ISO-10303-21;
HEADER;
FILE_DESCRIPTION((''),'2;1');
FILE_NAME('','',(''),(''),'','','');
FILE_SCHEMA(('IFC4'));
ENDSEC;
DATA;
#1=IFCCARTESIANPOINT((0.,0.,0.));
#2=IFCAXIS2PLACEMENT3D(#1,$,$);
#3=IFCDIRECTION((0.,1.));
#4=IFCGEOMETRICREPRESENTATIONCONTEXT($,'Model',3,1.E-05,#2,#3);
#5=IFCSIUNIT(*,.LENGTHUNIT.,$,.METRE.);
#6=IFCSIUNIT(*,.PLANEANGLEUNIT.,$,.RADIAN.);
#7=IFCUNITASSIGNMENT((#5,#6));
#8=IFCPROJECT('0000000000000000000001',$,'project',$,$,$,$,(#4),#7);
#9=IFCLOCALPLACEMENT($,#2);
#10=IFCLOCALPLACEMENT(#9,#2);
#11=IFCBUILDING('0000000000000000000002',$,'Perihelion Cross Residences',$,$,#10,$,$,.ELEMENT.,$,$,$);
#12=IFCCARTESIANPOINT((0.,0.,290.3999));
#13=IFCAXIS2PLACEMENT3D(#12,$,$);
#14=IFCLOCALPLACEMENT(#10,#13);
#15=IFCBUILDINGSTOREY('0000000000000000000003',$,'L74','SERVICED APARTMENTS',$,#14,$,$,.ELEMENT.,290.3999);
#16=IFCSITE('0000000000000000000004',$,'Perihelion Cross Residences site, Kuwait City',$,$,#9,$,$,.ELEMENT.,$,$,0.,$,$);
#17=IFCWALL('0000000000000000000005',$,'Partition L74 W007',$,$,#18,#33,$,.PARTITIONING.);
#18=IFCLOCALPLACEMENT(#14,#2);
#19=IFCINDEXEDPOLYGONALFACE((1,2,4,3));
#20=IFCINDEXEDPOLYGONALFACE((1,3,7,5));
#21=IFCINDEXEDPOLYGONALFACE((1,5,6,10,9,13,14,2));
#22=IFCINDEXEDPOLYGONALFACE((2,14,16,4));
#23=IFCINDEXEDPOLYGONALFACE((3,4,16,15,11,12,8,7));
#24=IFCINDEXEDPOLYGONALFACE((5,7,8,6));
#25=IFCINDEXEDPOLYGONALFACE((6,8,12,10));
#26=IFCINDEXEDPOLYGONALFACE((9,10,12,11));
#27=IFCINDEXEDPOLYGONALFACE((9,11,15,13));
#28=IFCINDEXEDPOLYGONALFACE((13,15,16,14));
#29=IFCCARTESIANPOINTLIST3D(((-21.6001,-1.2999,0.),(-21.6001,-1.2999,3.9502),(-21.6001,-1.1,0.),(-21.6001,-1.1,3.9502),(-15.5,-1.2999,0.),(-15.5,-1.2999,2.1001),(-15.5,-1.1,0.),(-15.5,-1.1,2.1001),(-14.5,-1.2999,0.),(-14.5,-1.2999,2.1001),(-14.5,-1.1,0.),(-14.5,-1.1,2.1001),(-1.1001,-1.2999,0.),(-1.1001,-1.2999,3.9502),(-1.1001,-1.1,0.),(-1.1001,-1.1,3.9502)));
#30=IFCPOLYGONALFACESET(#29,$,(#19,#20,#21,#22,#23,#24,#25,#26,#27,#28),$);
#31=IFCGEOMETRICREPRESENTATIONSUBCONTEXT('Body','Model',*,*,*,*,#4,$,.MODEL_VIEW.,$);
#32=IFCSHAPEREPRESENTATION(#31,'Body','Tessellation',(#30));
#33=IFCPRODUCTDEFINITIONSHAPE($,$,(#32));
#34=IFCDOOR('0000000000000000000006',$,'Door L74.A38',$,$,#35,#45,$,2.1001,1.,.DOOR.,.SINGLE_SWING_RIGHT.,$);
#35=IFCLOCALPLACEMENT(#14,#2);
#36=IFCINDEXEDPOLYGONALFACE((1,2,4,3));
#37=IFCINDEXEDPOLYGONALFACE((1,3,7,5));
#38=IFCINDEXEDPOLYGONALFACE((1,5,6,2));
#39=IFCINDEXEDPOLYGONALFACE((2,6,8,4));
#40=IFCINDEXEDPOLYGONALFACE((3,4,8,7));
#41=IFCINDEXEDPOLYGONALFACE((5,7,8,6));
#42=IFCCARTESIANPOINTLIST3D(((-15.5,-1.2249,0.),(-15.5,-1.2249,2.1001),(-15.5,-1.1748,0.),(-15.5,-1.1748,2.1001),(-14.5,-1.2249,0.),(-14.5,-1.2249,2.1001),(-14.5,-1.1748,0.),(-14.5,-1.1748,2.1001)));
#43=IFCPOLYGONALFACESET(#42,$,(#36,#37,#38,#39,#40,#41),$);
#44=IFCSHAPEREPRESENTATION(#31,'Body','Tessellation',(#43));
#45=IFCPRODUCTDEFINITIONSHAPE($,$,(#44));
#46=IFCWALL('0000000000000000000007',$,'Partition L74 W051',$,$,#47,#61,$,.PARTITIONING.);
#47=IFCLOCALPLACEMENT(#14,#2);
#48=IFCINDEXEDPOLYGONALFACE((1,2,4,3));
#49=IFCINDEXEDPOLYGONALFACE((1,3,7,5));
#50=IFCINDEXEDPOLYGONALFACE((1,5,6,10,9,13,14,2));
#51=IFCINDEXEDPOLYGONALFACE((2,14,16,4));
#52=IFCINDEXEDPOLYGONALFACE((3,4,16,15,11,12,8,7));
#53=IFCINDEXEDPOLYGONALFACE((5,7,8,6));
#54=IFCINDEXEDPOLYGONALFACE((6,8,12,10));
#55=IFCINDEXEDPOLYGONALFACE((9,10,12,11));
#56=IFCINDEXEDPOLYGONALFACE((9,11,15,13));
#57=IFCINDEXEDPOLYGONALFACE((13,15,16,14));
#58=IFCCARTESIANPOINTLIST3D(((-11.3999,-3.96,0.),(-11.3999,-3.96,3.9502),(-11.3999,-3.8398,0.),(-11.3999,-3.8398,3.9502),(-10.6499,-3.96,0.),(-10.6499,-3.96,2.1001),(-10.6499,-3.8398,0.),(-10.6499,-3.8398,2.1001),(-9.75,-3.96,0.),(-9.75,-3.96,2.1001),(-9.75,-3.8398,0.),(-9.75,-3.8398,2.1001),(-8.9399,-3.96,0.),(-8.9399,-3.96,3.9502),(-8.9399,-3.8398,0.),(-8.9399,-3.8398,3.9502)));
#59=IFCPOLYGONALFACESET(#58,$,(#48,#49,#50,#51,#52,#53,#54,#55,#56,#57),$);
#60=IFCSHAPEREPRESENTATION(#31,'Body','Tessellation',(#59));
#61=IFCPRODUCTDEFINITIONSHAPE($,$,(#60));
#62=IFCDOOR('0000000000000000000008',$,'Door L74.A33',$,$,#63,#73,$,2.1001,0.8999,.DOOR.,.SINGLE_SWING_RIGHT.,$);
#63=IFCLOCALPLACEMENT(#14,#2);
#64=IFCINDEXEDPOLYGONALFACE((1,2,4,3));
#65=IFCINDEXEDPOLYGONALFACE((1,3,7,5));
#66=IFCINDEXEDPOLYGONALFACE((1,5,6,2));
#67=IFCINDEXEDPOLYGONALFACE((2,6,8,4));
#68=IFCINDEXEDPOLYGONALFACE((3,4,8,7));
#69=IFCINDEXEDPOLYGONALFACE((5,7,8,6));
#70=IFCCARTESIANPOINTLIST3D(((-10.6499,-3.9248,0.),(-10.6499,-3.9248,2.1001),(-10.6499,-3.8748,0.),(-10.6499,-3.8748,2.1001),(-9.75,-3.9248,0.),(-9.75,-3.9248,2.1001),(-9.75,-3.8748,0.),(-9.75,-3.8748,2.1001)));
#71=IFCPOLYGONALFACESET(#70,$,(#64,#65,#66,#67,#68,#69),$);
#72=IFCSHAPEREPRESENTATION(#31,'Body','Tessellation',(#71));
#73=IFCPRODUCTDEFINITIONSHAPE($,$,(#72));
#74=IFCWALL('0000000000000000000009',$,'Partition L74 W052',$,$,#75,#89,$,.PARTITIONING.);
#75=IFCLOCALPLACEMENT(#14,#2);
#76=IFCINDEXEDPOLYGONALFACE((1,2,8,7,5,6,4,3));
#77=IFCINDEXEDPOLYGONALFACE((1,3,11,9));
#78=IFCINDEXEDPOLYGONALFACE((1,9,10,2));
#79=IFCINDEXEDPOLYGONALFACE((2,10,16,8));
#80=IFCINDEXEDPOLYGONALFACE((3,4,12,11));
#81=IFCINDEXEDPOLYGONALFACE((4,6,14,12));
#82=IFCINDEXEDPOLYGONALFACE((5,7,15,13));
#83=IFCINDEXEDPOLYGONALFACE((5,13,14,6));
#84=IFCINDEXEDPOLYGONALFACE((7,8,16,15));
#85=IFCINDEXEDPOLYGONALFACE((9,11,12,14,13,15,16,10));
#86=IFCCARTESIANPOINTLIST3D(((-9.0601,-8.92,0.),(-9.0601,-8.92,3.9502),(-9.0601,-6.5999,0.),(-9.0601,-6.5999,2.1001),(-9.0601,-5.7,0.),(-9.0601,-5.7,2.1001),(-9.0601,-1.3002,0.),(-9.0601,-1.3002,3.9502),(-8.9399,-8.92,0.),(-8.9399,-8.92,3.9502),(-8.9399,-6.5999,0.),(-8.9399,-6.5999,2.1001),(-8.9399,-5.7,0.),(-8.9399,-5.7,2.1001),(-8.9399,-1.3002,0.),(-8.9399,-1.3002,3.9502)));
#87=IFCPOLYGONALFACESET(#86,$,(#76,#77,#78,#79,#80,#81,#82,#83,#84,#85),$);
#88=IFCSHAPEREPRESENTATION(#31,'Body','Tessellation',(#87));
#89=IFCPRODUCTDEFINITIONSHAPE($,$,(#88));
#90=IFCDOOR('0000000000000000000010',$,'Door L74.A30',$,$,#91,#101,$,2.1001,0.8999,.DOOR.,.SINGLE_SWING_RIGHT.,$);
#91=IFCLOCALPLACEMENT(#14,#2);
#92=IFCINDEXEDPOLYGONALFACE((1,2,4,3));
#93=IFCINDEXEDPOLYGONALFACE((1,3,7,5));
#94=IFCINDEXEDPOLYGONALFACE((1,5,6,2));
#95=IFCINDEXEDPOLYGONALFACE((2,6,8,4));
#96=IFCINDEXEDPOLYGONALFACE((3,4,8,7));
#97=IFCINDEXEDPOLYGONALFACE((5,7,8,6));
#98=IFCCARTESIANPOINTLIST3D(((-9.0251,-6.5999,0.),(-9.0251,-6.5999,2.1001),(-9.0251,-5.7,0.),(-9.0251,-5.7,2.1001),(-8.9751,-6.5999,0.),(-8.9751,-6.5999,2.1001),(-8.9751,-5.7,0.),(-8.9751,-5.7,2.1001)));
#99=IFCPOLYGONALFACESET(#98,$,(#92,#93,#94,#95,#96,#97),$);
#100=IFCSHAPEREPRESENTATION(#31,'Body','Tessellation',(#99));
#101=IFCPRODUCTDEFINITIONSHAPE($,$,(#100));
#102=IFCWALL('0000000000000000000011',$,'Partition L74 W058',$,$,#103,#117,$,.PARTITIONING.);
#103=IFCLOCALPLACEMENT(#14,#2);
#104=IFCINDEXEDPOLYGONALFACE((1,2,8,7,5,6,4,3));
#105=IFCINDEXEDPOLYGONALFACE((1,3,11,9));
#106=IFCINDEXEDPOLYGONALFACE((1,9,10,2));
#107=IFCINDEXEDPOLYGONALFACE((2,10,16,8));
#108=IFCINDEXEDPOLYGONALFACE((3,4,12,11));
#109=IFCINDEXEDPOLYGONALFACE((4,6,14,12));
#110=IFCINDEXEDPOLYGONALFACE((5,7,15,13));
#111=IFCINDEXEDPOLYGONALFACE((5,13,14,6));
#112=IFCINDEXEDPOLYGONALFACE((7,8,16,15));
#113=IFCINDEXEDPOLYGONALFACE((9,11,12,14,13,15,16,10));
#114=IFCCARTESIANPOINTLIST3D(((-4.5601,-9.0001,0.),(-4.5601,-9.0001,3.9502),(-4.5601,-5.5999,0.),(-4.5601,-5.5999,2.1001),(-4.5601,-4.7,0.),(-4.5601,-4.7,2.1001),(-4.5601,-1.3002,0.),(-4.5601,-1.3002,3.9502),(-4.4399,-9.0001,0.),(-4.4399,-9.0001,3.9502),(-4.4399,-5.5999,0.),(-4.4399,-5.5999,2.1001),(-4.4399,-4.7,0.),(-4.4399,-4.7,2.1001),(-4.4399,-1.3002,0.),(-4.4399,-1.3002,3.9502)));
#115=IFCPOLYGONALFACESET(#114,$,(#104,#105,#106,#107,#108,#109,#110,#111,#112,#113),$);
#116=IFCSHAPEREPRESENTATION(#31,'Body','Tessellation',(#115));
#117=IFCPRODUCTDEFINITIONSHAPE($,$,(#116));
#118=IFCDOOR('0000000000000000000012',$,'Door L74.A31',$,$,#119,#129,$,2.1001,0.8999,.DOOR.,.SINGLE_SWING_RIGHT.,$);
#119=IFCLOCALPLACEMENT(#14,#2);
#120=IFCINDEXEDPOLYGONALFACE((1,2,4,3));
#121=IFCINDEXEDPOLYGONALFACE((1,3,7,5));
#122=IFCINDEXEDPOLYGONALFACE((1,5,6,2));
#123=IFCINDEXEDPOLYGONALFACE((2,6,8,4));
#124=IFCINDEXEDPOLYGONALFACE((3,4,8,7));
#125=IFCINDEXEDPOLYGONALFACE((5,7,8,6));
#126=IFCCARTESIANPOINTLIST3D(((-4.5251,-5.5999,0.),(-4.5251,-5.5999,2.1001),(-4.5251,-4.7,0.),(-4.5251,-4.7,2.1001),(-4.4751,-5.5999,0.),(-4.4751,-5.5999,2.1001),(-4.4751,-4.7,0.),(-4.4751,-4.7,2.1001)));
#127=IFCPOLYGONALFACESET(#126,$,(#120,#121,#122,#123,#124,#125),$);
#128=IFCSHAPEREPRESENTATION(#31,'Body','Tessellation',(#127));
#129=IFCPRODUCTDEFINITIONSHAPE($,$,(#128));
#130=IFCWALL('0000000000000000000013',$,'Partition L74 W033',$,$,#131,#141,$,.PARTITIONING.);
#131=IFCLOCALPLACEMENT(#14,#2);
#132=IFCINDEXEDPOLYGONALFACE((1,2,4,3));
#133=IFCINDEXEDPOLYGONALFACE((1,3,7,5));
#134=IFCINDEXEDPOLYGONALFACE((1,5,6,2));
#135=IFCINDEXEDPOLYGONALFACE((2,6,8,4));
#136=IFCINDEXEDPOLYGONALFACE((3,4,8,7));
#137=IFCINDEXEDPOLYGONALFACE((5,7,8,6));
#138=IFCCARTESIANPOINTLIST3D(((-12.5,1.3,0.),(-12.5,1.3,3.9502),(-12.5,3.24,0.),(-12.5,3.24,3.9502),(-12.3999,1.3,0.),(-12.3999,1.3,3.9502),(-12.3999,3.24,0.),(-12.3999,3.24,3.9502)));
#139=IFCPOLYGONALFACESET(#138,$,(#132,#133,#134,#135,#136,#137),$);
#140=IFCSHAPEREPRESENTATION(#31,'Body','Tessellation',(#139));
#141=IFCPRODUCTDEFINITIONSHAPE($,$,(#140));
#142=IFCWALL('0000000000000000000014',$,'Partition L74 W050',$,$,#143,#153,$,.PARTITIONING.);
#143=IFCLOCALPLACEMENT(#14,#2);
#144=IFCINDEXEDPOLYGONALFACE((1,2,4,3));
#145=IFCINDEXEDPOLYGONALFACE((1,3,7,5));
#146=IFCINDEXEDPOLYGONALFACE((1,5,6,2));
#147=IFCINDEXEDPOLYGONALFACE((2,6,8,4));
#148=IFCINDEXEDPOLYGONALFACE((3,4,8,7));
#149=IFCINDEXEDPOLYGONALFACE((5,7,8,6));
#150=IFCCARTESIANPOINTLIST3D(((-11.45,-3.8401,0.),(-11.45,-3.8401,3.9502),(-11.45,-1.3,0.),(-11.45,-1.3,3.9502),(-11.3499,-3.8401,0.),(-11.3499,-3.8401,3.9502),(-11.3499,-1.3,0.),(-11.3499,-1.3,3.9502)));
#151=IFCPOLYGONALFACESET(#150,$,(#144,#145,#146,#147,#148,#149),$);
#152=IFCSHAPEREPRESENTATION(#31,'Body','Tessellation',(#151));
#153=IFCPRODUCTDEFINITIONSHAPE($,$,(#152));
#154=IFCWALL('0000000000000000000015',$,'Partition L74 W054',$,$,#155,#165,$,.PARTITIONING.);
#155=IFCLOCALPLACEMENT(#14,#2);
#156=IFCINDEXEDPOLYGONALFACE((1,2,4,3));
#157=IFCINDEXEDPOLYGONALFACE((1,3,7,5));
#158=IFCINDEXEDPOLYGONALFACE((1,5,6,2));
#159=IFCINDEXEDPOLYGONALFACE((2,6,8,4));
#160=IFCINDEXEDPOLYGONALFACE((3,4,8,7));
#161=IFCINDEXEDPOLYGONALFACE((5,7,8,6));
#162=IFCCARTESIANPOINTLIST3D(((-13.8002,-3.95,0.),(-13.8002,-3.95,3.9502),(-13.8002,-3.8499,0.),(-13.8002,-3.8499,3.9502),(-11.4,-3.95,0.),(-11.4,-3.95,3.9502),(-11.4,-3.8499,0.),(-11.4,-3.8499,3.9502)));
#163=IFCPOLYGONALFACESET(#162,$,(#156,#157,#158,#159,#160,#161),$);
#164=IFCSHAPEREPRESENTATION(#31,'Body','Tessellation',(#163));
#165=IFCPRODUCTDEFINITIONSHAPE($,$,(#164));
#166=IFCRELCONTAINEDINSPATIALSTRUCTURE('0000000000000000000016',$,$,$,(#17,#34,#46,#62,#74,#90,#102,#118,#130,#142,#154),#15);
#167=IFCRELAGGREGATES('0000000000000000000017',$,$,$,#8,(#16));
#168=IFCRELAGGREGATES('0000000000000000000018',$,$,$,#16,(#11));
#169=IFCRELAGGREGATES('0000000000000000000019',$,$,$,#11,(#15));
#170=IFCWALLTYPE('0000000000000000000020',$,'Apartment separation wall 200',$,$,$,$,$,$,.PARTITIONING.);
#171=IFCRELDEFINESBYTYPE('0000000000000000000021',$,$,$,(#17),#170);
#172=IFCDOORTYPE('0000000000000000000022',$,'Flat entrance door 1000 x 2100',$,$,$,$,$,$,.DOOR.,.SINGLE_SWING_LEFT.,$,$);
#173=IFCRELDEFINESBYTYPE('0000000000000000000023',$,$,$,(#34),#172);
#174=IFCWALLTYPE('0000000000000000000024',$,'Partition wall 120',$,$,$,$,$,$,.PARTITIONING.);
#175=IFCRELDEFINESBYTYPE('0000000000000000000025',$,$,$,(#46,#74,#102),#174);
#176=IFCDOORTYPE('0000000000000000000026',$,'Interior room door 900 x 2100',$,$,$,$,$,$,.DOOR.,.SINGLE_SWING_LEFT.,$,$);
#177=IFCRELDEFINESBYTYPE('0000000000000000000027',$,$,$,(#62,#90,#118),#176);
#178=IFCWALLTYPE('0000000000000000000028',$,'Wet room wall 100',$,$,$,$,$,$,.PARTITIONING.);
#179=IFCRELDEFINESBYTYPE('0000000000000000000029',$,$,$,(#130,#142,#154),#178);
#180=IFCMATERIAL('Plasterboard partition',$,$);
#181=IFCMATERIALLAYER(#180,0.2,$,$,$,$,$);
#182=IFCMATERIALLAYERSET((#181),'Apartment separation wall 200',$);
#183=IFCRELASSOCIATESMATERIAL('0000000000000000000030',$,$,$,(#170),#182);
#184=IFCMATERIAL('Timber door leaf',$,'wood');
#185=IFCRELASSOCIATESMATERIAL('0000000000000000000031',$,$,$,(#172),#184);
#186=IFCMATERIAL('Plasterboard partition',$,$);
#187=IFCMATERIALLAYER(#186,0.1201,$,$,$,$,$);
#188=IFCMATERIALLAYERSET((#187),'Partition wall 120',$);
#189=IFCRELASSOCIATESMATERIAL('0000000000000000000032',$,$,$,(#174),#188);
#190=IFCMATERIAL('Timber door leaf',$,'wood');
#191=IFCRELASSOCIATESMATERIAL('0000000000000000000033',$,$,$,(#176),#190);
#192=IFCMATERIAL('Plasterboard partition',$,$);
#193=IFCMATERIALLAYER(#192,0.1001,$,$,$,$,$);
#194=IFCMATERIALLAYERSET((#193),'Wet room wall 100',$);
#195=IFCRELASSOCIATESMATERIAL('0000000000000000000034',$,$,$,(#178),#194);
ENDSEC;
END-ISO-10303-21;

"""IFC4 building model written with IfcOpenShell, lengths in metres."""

from ifc_helpers import new_model, si_unit, direction, frame, frame_2d, origin, place, context, subcontext, project, spatial, rectangle, extrude, material, layer, layer_set, type_object, element, fill, save


model = new_model("IFC4")

# Units and contexts
model_context = context("Model", 3, precision=1e-05, world=origin(), true_north=direction((0.0, 1.0)))
body_context = subcontext(model_context, "Body", "Model", "MODEL_VIEW")
ifc_project = project(units=[si_unit("LENGTHUNIT", "METRE"), si_unit("PLANEANGLEUNIT", "RADIAN")], contexts=[model_context])

# Site, building, storey
site_placement = place(None, origin())
site = spatial("IfcSite", under=ifc_project, at=site_placement, Name="Perihelion Cross Residences site, Kuwait City", CompositionType="ELEMENT", RefElevation=0.0)
building_placement = place(site_placement, origin())
building = spatial("IfcBuilding", under=site, at=building_placement, Name="Perihelion Cross Residences", CompositionType="ELEMENT")
storey_placement = place(building_placement, frame((0.0, 0.0, 290.3999)))
storey = spatial("IfcBuildingStorey", under=building, at=storey_placement, Name="L74", Description="SERVICED APARTMENTS", CompositionType="ELEMENT", Elevation=290.3999)

# Walls, openings, doors
ifc_material_1 = material(Name="Plasterboard partition")
ifc_layer_1 = layer(ifc_material_1, 0.2)
ifc_layer_set_1 = layer_set([ifc_layer_1], Name="Apartment separation wall 200")
wall_type_1 = type_object("IfcWallType", Name="Apartment separation wall 200", PredefinedType="PARTITIONING", material=ifc_layer_set_1)
wall_1_placement = place(storey_placement, frame((-1.1001, -1.2, 0.0), z_axis=(0.0, 0.0, 1.0), x_axis=(-1.0, 0.0, 0.0)))
wall_1 = element("IfcWall", 1, at=wall_1_placement, inside=storey, type_object=wall_type_1, Name="Partition L74 W007", PredefinedType="PARTITIONING", context=body_context, shape_type="SweptSolid", body=[
    extrude(rectangle(XDim=20.5, YDim=0.2, at=frame_2d((10.25, 0.0))), origin(), (0.0, 0.0, 1.0), 3.9502),
])
opening_1_placement = place(wall_1_placement, frame((13.3999, 0.0, 0.0)))
opening_1 = element("IfcOpeningElement", 2, at=opening_1_placement, cuts=wall_1, PredefinedType="OPENING", context=body_context, shape_type="SweptSolid", body=[
    extrude(rectangle(XDim=1.0, YDim=2.1001, at=frame_2d((0.5, 1.05))), frame((0.0, 0.1099, 0.0), z_axis=(0.0, -1.0, 0.0), x_axis=(1.0, 0.0, 0.0)), (0.0, 0.0, 1.0), 0.22),
])
ifc_material_2 = material(Name="Timber door leaf", Category="wood")
door_type_1 = type_object("IfcDoorType", Name="Flat entrance door 1000 x 2100", OperationType="SINGLE_SWING_LEFT", PredefinedType="DOOR", material=ifc_material_2)
door_1_placement = place(opening_1_placement, origin())
door_1 = element("IfcDoor", 3, at=door_1_placement, inside=storey, type_object=door_type_1, Name="Door L74.A38", OperationType="SINGLE_SWING_RIGHT", OverallHeight=2.1001, OverallWidth=1.0, PredefinedType="DOOR", context=body_context, shape_type="SweptSolid", body=[
    extrude(rectangle(XDim=1.0, YDim=2.1001, at=frame_2d((0.5, 1.05))), frame((0.0, 0.0249, 0.0), z_axis=(0.0, -1.0, 0.0), x_axis=(1.0, 0.0, 0.0)), (0.0, 0.0, 1.0), 0.05),
])
fill(opening_1, door_1)
ifc_material_3 = material(Name="Plasterboard partition")
ifc_layer_2 = layer(ifc_material_3, 0.1201)
ifc_layer_set_2 = layer_set([ifc_layer_2], Name="Partition wall 120")
wall_type_2 = type_object("IfcWallType", Name="Partition wall 120", PredefinedType="PARTITIONING", material=ifc_layer_set_2)
wall_2_placement = place(storey_placement, frame((-8.9399, -3.8999, 0.0), z_axis=(0.0, 0.0, 1.0), x_axis=(-1.0, 0.0, 0.0)))
wall_2 = element("IfcWall", 4, at=wall_2_placement, inside=storey, type_object=wall_type_2, Name="Partition L74 W051", PredefinedType="PARTITIONING", context=body_context, shape_type="SweptSolid", body=[
    extrude(rectangle(XDim=2.46, YDim=0.1201, at=frame_2d((1.23, 0.0))), origin(), (0.0, 0.0, 1.0), 3.9502),
])
opening_2_placement = place(wall_2_placement, frame((0.8101, 0.0, 0.0)))
opening_2 = element("IfcOpeningElement", 5, at=opening_2_placement, cuts=wall_2, PredefinedType="OPENING", context=body_context, shape_type="SweptSolid", body=[
    extrude(rectangle(XDim=0.8999, YDim=2.1001, at=frame_2d((0.45, 1.05))), frame((0.0, 0.0701, 0.0), z_axis=(0.0, -1.0, 0.0), x_axis=(1.0, 0.0, 0.0)), (0.0, 0.0, 1.0), 0.1401),
])
ifc_material_4 = material(Name="Timber door leaf", Category="wood")
door_type_2 = type_object("IfcDoorType", Name="Interior room door 900 x 2100", OperationType="SINGLE_SWING_LEFT", PredefinedType="DOOR", material=ifc_material_4)
door_2_placement = place(opening_2_placement, origin())
door_2 = element("IfcDoor", 6, at=door_2_placement, inside=storey, type_object=door_type_2, Name="Door L74.A33", OperationType="SINGLE_SWING_RIGHT", OverallHeight=2.1001, OverallWidth=0.8999, PredefinedType="DOOR", context=body_context, shape_type="SweptSolid", body=[
    extrude(rectangle(XDim=0.8999, YDim=2.1001, at=frame_2d((0.45, 1.05))), frame((0.0, 0.0249, 0.0), z_axis=(0.0, -1.0, 0.0), x_axis=(1.0, 0.0, 0.0)), (0.0, 0.0, 1.0), 0.05),
])
fill(opening_2, door_2)
wall_3_placement = place(storey_placement, frame((-9.0, -1.3, 0.0), z_axis=(0.0, 0.0, 1.0), x_axis=(0.0, -1.0, 0.0)))
wall_3 = element("IfcWall", 7, at=wall_3_placement, inside=storey, type_object=wall_type_2, Name="Partition L74 W052", PredefinedType="PARTITIONING", context=body_context, shape_type="SweptSolid", body=[
    extrude(rectangle(XDim=7.6199, YDim=0.1201, at=frame_2d((3.8101, 0.0))), origin(), (0.0, 0.0, 1.0), 3.9502),
])
opening_3_placement = place(wall_3_placement, frame((4.3999, 0.0, 0.0)))
opening_3 = element("IfcOpeningElement", 8, at=opening_3_placement, cuts=wall_3, PredefinedType="OPENING", context=body_context, shape_type="SweptSolid", body=[
    extrude(rectangle(XDim=0.8999, YDim=2.1001, at=frame_2d((0.45, 1.05))), frame((0.0, 0.0701, 0.0), z_axis=(0.0, -1.0, 0.0), x_axis=(1.0, 0.0, 0.0)), (0.0, 0.0, 1.0), 0.1401),
])
door_3_placement = place(opening_3_placement, origin())
door_3 = element("IfcDoor", 9, at=door_3_placement, inside=storey, type_object=door_type_2, Name="Door L74.A30", OperationType="SINGLE_SWING_RIGHT", OverallHeight=2.1001, OverallWidth=0.8999, PredefinedType="DOOR", context=body_context, shape_type="SweptSolid", body=[
    extrude(rectangle(XDim=0.8999, YDim=2.1001, at=frame_2d((0.45, 1.05))), frame((0.0, 0.0249, 0.0), z_axis=(0.0, -1.0, 0.0), x_axis=(1.0, 0.0, 0.0)), (0.0, 0.0, 1.0), 0.05),
])
fill(opening_3, door_3)
wall_4_placement = place(storey_placement, frame((-4.5, -1.3, 0.0), z_axis=(0.0, 0.0, 1.0), x_axis=(0.0, -1.0, 0.0)))
wall_4 = element("IfcWall", 10, at=wall_4_placement, inside=storey, type_object=wall_type_2, Name="Partition L74 W058", PredefinedType="PARTITIONING", context=body_context, shape_type="SweptSolid", body=[
    extrude(rectangle(XDim=7.7, YDim=0.1201, at=frame_2d((3.8501, 0.0))), origin(), (0.0, 0.0, 1.0), 3.9502),
])
opening_4_placement = place(wall_4_placement, frame((3.3999, 0.0, 0.0)))
opening_4 = element("IfcOpeningElement", 11, at=opening_4_placement, cuts=wall_4, PredefinedType="OPENING", context=body_context, shape_type="SweptSolid", body=[
    extrude(rectangle(XDim=0.8999, YDim=2.1001, at=frame_2d((0.45, 1.05))), frame((0.0, 0.0701, 0.0), z_axis=(0.0, -1.0, 0.0), x_axis=(1.0, 0.0, 0.0)), (0.0, 0.0, 1.0), 0.1401),
])
door_4_placement = place(opening_4_placement, origin())
door_4 = element("IfcDoor", 12, at=door_4_placement, inside=storey, type_object=door_type_2, Name="Door L74.A31", OperationType="SINGLE_SWING_RIGHT", OverallHeight=2.1001, OverallWidth=0.8999, PredefinedType="DOOR", context=body_context, shape_type="SweptSolid", body=[
    extrude(rectangle(XDim=0.8999, YDim=2.1001, at=frame_2d((0.45, 1.05))), frame((0.0, 0.0249, 0.0), z_axis=(0.0, -1.0, 0.0), x_axis=(1.0, 0.0, 0.0)), (0.0, 0.0, 1.0), 0.05),
])
fill(opening_4, door_4)

# Walls
ifc_material_5 = material(Name="Plasterboard partition")
ifc_layer_3 = layer(ifc_material_5, 0.1001)
ifc_layer_set_3 = layer_set([ifc_layer_3], Name="Wet room wall 100")
wall_type_3 = type_object("IfcWallType", Name="Wet room wall 100", PredefinedType="PARTITIONING", material=ifc_layer_set_3)
wall_5_placement = place(storey_placement, frame((-12.45, 1.3, 0.0), z_axis=(0.0, 0.0, 1.0), x_axis=(0.0, 1.0, 0.0)))
element("IfcWall", 13, at=wall_5_placement, inside=storey, type_object=wall_type_3, Name="Partition L74 W033", PredefinedType="PARTITIONING", context=body_context, shape_type="SweptSolid", body=[
    extrude(rectangle(XDim=1.9399, YDim=0.1001, at=frame_2d((0.97, 0.0))), origin(), (0.0, 0.0, 1.0), 3.9502),
])
wall_6_placement = place(storey_placement, frame((-11.3999, -3.8401, 0.0), z_axis=(0.0, 0.0, 1.0), x_axis=(0.0, 1.0, 0.0)))
element("IfcWall", 14, at=wall_6_placement, inside=storey, type_object=wall_type_3, Name="Partition L74 W050", PredefinedType="PARTITIONING", context=body_context, shape_type="SweptSolid", body=[
    extrude(rectangle(XDim=2.54, YDim=0.1001, at=frame_2d((1.27, 0.0))), origin(), (0.0, 0.0, 1.0), 3.9502),
])
wall_7_placement = place(storey_placement, frame((-11.3999, -3.8999, 0.0), z_axis=(0.0, 0.0, 1.0), x_axis=(-1.0, 0.0, 0.0)))
element("IfcWall", 15, at=wall_7_placement, inside=storey, type_object=wall_type_3, Name="Partition L74 W054", PredefinedType="PARTITIONING", context=body_context, shape_type="SweptSolid", body=[
    extrude(rectangle(XDim=2.4001, YDim=0.1001, at=frame_2d((1.2002, 0.0))), origin(), (0.0, 0.0, 1.0), 3.9502),
])

save(model, "model.ifc")
